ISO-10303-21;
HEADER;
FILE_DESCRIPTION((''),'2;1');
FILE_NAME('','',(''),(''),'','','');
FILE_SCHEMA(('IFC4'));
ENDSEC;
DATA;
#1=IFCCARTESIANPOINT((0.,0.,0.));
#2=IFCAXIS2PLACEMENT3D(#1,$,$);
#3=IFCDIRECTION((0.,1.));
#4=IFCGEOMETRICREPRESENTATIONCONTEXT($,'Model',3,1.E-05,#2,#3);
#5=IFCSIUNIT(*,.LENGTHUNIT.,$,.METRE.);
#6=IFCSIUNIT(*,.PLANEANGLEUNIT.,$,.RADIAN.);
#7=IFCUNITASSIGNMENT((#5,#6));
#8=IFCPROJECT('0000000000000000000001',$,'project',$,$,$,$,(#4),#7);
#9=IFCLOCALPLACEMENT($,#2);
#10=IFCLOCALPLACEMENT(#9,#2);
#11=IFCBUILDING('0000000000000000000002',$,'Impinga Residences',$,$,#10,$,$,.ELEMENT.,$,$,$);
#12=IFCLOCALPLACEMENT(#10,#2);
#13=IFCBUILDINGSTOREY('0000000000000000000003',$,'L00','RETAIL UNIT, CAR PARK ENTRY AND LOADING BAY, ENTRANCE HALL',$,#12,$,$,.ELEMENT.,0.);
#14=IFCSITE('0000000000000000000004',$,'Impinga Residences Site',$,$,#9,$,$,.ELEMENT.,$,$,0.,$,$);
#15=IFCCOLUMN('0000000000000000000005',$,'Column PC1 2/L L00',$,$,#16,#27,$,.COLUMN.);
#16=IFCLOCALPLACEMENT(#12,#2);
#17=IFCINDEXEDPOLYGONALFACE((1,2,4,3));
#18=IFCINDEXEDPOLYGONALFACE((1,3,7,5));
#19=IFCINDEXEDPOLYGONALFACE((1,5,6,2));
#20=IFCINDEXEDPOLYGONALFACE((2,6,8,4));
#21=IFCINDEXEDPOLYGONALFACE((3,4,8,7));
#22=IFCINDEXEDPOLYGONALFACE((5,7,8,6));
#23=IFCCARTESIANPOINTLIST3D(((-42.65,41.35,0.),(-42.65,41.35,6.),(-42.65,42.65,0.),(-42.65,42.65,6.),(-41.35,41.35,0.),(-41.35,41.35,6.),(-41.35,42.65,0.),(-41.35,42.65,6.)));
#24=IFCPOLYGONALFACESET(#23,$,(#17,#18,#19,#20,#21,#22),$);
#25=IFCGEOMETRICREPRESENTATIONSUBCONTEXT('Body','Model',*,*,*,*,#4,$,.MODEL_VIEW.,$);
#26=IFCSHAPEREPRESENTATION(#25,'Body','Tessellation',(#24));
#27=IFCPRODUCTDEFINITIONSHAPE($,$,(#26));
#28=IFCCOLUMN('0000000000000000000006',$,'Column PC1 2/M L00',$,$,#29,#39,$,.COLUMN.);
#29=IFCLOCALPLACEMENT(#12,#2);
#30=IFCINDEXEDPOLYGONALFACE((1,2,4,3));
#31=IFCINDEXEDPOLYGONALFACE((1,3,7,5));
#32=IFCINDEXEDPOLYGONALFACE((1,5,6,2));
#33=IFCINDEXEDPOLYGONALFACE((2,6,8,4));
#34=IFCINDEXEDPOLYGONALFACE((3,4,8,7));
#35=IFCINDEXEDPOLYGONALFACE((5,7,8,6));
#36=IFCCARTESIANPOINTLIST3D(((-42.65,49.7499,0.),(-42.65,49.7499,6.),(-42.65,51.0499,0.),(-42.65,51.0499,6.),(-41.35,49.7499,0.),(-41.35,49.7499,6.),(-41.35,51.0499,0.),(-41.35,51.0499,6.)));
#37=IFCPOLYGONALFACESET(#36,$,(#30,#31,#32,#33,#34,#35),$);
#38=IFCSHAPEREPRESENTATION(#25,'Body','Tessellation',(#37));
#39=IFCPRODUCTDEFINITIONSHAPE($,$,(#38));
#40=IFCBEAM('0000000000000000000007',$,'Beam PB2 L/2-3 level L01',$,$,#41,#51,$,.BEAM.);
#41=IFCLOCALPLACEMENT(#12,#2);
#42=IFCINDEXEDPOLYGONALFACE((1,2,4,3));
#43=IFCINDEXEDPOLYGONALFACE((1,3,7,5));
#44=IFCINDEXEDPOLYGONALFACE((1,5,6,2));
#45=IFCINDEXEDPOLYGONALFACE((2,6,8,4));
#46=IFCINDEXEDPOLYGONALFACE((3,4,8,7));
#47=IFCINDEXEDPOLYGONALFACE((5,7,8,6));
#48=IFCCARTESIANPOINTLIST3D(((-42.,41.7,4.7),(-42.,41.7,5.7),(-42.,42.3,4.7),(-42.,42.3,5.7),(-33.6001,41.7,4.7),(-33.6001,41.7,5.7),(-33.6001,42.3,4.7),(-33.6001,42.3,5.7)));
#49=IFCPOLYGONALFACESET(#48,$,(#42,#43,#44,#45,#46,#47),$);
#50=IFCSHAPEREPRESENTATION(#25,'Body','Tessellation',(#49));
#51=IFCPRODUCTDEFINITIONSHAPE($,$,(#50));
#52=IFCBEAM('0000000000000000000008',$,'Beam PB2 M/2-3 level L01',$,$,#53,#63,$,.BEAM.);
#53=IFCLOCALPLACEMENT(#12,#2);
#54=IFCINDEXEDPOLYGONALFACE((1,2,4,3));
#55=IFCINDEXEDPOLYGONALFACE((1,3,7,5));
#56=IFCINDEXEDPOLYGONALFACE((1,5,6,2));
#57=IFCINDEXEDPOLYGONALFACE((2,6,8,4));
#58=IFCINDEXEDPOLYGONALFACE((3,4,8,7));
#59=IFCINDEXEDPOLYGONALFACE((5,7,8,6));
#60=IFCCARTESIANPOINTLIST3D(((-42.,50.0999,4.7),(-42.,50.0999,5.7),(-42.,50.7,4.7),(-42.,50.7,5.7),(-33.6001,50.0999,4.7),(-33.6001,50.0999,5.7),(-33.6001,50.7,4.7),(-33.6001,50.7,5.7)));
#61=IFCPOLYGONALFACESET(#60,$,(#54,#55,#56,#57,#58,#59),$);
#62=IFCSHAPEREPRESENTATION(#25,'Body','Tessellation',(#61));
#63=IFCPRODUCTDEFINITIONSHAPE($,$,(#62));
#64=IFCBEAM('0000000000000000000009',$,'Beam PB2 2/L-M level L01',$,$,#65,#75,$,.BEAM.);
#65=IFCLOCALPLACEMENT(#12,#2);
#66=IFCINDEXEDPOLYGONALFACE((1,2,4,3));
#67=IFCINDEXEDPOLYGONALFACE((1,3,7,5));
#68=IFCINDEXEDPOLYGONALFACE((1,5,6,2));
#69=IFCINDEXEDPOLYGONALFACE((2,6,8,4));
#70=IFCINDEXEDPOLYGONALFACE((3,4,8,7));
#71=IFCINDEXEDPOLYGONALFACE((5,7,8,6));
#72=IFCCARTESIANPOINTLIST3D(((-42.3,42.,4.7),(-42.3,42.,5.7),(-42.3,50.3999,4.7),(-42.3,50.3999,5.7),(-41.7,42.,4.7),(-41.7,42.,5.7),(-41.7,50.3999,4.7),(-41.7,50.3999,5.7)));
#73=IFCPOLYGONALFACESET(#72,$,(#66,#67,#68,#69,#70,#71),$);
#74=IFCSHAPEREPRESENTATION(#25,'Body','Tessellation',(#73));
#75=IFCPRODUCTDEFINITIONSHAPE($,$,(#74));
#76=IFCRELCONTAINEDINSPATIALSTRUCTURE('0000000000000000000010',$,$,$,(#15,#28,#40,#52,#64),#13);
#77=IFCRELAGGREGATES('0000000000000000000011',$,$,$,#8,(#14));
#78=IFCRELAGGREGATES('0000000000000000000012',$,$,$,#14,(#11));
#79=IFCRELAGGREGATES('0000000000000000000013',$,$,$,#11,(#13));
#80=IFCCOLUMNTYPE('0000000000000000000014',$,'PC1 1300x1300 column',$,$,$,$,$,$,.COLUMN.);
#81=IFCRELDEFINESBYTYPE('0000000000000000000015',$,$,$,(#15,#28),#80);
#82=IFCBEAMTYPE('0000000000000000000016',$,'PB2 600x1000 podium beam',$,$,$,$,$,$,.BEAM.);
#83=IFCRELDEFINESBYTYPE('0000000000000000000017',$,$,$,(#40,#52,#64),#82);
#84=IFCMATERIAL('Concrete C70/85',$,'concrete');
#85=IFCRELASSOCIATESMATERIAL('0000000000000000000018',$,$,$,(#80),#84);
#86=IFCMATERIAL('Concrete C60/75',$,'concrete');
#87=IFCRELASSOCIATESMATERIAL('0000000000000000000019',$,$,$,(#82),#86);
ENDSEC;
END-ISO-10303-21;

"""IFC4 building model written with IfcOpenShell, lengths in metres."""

from ifc_helpers import new_model, si_unit, direction, frame, origin, origin_2d, place, context, subcontext, project, spatial, rectangle, extrude, material, material_profile, profile_set, type_object, element, save


model = new_model("IFC4")

# Units and contexts
model_context = context("Model", 3, precision=1e-05, world=origin(), true_north=direction((0.0, 1.0)))
body_context = subcontext(model_context, "Body", "Model", "MODEL_VIEW")
ifc_project = project(units=[si_unit("LENGTHUNIT", "METRE"), si_unit("PLANEANGLEUNIT", "RADIAN")], contexts=[model_context])

# Site, building, storey
site_placement = place(None, origin())
site = spatial("IfcSite", under=ifc_project, at=site_placement, Name="Impinga Residences Site", CompositionType="ELEMENT", RefElevation=0.0)
building_placement = place(site_placement, origin())
building = spatial("IfcBuilding", under=site, at=building_placement, Name="Impinga Residences", CompositionType="ELEMENT")
storey_placement = place(building_placement, origin())
storey = spatial("IfcBuildingStorey", under=building, at=storey_placement, Name="L00", Description="RETAIL UNIT, CAR PARK ENTRY AND LOADING BAY, ENTRANCE HALL", CompositionType="ELEMENT", Elevation=0.0)

# Columns
ifc_material_1 = material(Name="Concrete C70/85", Category="concrete")
ifc_material_profile_1 = material_profile(ifc_material_1, rectangle(XDim=1.3, YDim=1.3, at=origin_2d()), Name="RC 1300x1300")
ifc_profile_set_1 = profile_set([ifc_material_profile_1], Name="Concrete C70/85")
column_type = type_object("IfcColumnType", Name="PC1 1300x1300 column", PredefinedType="COLUMN", material=ifc_profile_set_1)
for number, where, z_axis, x_axis, name in (
    (1, (-42.0, 42.0, 0.0), (0.0, 0.0, 1.0), (1.0, 0.0, 0.0), "Column PC1 2/L L00"),
    (2, (-42.0, 50.3999, 0.0), (0.0, 0.0, 1.0), (1.0, 0.0, 0.0), "Column PC1 2/M L00"),
):
    element("IfcColumn", number, at=place(storey_placement, frame(where, z_axis=z_axis, x_axis=x_axis)), inside=storey, type_object=column_type, Name=name, PredefinedType="COLUMN", context=body_context, shape_type="SweptSolid", body=[
        extrude(rectangle(XDim=1.3, YDim=1.3, at=origin_2d()), origin(), (0.0, 0.0, 1.0), 6.0),
    ])

# Beams
ifc_material_2 = material(Name="Concrete C60/75", Category="concrete")
ifc_material_profile_2 = material_profile(ifc_material_2, rectangle(XDim=0.6001, YDim=1.0, at=origin_2d()), Name="RC 600x1000")
ifc_profile_set_2 = profile_set([ifc_material_profile_2], Name="Concrete C60/75")
beam_type = type_object("IfcBeamType", Name="PB2 600x1000 podium beam", PredefinedType="BEAM", material=ifc_profile_set_2)
for number, where, z_axis, x_axis, name in (
    (3, (-42.0, 42.0, 5.2), (1.0, 0.0, 0.0), (0.0, 1.0, 0.0), "Beam PB2 L/2-3 level L01"),
    (4, (-42.0, 50.3999, 5.2), (1.0, 0.0, 0.0), (0.0, 1.0, 0.0), "Beam PB2 M/2-3 level L01"),
    (5, (-42.0, 42.0, 5.2), (0.0, 1.0, 0.0), (-1.0, 0.0, 0.0), "Beam PB2 2/L-M level L01"),
):
    element("IfcBeam", number, at=place(storey_placement, frame(where, z_axis=z_axis, x_axis=x_axis)), inside=storey, type_object=beam_type, Name=name, PredefinedType="BEAM", context=body_context, shape_type="SweptSolid", body=[
        extrude(rectangle(XDim=0.6001, YDim=1.0, at=origin_2d()), origin(), (0.0, 0.0, 1.0), 8.3999),
    ])

save(model, "model.ifc")
